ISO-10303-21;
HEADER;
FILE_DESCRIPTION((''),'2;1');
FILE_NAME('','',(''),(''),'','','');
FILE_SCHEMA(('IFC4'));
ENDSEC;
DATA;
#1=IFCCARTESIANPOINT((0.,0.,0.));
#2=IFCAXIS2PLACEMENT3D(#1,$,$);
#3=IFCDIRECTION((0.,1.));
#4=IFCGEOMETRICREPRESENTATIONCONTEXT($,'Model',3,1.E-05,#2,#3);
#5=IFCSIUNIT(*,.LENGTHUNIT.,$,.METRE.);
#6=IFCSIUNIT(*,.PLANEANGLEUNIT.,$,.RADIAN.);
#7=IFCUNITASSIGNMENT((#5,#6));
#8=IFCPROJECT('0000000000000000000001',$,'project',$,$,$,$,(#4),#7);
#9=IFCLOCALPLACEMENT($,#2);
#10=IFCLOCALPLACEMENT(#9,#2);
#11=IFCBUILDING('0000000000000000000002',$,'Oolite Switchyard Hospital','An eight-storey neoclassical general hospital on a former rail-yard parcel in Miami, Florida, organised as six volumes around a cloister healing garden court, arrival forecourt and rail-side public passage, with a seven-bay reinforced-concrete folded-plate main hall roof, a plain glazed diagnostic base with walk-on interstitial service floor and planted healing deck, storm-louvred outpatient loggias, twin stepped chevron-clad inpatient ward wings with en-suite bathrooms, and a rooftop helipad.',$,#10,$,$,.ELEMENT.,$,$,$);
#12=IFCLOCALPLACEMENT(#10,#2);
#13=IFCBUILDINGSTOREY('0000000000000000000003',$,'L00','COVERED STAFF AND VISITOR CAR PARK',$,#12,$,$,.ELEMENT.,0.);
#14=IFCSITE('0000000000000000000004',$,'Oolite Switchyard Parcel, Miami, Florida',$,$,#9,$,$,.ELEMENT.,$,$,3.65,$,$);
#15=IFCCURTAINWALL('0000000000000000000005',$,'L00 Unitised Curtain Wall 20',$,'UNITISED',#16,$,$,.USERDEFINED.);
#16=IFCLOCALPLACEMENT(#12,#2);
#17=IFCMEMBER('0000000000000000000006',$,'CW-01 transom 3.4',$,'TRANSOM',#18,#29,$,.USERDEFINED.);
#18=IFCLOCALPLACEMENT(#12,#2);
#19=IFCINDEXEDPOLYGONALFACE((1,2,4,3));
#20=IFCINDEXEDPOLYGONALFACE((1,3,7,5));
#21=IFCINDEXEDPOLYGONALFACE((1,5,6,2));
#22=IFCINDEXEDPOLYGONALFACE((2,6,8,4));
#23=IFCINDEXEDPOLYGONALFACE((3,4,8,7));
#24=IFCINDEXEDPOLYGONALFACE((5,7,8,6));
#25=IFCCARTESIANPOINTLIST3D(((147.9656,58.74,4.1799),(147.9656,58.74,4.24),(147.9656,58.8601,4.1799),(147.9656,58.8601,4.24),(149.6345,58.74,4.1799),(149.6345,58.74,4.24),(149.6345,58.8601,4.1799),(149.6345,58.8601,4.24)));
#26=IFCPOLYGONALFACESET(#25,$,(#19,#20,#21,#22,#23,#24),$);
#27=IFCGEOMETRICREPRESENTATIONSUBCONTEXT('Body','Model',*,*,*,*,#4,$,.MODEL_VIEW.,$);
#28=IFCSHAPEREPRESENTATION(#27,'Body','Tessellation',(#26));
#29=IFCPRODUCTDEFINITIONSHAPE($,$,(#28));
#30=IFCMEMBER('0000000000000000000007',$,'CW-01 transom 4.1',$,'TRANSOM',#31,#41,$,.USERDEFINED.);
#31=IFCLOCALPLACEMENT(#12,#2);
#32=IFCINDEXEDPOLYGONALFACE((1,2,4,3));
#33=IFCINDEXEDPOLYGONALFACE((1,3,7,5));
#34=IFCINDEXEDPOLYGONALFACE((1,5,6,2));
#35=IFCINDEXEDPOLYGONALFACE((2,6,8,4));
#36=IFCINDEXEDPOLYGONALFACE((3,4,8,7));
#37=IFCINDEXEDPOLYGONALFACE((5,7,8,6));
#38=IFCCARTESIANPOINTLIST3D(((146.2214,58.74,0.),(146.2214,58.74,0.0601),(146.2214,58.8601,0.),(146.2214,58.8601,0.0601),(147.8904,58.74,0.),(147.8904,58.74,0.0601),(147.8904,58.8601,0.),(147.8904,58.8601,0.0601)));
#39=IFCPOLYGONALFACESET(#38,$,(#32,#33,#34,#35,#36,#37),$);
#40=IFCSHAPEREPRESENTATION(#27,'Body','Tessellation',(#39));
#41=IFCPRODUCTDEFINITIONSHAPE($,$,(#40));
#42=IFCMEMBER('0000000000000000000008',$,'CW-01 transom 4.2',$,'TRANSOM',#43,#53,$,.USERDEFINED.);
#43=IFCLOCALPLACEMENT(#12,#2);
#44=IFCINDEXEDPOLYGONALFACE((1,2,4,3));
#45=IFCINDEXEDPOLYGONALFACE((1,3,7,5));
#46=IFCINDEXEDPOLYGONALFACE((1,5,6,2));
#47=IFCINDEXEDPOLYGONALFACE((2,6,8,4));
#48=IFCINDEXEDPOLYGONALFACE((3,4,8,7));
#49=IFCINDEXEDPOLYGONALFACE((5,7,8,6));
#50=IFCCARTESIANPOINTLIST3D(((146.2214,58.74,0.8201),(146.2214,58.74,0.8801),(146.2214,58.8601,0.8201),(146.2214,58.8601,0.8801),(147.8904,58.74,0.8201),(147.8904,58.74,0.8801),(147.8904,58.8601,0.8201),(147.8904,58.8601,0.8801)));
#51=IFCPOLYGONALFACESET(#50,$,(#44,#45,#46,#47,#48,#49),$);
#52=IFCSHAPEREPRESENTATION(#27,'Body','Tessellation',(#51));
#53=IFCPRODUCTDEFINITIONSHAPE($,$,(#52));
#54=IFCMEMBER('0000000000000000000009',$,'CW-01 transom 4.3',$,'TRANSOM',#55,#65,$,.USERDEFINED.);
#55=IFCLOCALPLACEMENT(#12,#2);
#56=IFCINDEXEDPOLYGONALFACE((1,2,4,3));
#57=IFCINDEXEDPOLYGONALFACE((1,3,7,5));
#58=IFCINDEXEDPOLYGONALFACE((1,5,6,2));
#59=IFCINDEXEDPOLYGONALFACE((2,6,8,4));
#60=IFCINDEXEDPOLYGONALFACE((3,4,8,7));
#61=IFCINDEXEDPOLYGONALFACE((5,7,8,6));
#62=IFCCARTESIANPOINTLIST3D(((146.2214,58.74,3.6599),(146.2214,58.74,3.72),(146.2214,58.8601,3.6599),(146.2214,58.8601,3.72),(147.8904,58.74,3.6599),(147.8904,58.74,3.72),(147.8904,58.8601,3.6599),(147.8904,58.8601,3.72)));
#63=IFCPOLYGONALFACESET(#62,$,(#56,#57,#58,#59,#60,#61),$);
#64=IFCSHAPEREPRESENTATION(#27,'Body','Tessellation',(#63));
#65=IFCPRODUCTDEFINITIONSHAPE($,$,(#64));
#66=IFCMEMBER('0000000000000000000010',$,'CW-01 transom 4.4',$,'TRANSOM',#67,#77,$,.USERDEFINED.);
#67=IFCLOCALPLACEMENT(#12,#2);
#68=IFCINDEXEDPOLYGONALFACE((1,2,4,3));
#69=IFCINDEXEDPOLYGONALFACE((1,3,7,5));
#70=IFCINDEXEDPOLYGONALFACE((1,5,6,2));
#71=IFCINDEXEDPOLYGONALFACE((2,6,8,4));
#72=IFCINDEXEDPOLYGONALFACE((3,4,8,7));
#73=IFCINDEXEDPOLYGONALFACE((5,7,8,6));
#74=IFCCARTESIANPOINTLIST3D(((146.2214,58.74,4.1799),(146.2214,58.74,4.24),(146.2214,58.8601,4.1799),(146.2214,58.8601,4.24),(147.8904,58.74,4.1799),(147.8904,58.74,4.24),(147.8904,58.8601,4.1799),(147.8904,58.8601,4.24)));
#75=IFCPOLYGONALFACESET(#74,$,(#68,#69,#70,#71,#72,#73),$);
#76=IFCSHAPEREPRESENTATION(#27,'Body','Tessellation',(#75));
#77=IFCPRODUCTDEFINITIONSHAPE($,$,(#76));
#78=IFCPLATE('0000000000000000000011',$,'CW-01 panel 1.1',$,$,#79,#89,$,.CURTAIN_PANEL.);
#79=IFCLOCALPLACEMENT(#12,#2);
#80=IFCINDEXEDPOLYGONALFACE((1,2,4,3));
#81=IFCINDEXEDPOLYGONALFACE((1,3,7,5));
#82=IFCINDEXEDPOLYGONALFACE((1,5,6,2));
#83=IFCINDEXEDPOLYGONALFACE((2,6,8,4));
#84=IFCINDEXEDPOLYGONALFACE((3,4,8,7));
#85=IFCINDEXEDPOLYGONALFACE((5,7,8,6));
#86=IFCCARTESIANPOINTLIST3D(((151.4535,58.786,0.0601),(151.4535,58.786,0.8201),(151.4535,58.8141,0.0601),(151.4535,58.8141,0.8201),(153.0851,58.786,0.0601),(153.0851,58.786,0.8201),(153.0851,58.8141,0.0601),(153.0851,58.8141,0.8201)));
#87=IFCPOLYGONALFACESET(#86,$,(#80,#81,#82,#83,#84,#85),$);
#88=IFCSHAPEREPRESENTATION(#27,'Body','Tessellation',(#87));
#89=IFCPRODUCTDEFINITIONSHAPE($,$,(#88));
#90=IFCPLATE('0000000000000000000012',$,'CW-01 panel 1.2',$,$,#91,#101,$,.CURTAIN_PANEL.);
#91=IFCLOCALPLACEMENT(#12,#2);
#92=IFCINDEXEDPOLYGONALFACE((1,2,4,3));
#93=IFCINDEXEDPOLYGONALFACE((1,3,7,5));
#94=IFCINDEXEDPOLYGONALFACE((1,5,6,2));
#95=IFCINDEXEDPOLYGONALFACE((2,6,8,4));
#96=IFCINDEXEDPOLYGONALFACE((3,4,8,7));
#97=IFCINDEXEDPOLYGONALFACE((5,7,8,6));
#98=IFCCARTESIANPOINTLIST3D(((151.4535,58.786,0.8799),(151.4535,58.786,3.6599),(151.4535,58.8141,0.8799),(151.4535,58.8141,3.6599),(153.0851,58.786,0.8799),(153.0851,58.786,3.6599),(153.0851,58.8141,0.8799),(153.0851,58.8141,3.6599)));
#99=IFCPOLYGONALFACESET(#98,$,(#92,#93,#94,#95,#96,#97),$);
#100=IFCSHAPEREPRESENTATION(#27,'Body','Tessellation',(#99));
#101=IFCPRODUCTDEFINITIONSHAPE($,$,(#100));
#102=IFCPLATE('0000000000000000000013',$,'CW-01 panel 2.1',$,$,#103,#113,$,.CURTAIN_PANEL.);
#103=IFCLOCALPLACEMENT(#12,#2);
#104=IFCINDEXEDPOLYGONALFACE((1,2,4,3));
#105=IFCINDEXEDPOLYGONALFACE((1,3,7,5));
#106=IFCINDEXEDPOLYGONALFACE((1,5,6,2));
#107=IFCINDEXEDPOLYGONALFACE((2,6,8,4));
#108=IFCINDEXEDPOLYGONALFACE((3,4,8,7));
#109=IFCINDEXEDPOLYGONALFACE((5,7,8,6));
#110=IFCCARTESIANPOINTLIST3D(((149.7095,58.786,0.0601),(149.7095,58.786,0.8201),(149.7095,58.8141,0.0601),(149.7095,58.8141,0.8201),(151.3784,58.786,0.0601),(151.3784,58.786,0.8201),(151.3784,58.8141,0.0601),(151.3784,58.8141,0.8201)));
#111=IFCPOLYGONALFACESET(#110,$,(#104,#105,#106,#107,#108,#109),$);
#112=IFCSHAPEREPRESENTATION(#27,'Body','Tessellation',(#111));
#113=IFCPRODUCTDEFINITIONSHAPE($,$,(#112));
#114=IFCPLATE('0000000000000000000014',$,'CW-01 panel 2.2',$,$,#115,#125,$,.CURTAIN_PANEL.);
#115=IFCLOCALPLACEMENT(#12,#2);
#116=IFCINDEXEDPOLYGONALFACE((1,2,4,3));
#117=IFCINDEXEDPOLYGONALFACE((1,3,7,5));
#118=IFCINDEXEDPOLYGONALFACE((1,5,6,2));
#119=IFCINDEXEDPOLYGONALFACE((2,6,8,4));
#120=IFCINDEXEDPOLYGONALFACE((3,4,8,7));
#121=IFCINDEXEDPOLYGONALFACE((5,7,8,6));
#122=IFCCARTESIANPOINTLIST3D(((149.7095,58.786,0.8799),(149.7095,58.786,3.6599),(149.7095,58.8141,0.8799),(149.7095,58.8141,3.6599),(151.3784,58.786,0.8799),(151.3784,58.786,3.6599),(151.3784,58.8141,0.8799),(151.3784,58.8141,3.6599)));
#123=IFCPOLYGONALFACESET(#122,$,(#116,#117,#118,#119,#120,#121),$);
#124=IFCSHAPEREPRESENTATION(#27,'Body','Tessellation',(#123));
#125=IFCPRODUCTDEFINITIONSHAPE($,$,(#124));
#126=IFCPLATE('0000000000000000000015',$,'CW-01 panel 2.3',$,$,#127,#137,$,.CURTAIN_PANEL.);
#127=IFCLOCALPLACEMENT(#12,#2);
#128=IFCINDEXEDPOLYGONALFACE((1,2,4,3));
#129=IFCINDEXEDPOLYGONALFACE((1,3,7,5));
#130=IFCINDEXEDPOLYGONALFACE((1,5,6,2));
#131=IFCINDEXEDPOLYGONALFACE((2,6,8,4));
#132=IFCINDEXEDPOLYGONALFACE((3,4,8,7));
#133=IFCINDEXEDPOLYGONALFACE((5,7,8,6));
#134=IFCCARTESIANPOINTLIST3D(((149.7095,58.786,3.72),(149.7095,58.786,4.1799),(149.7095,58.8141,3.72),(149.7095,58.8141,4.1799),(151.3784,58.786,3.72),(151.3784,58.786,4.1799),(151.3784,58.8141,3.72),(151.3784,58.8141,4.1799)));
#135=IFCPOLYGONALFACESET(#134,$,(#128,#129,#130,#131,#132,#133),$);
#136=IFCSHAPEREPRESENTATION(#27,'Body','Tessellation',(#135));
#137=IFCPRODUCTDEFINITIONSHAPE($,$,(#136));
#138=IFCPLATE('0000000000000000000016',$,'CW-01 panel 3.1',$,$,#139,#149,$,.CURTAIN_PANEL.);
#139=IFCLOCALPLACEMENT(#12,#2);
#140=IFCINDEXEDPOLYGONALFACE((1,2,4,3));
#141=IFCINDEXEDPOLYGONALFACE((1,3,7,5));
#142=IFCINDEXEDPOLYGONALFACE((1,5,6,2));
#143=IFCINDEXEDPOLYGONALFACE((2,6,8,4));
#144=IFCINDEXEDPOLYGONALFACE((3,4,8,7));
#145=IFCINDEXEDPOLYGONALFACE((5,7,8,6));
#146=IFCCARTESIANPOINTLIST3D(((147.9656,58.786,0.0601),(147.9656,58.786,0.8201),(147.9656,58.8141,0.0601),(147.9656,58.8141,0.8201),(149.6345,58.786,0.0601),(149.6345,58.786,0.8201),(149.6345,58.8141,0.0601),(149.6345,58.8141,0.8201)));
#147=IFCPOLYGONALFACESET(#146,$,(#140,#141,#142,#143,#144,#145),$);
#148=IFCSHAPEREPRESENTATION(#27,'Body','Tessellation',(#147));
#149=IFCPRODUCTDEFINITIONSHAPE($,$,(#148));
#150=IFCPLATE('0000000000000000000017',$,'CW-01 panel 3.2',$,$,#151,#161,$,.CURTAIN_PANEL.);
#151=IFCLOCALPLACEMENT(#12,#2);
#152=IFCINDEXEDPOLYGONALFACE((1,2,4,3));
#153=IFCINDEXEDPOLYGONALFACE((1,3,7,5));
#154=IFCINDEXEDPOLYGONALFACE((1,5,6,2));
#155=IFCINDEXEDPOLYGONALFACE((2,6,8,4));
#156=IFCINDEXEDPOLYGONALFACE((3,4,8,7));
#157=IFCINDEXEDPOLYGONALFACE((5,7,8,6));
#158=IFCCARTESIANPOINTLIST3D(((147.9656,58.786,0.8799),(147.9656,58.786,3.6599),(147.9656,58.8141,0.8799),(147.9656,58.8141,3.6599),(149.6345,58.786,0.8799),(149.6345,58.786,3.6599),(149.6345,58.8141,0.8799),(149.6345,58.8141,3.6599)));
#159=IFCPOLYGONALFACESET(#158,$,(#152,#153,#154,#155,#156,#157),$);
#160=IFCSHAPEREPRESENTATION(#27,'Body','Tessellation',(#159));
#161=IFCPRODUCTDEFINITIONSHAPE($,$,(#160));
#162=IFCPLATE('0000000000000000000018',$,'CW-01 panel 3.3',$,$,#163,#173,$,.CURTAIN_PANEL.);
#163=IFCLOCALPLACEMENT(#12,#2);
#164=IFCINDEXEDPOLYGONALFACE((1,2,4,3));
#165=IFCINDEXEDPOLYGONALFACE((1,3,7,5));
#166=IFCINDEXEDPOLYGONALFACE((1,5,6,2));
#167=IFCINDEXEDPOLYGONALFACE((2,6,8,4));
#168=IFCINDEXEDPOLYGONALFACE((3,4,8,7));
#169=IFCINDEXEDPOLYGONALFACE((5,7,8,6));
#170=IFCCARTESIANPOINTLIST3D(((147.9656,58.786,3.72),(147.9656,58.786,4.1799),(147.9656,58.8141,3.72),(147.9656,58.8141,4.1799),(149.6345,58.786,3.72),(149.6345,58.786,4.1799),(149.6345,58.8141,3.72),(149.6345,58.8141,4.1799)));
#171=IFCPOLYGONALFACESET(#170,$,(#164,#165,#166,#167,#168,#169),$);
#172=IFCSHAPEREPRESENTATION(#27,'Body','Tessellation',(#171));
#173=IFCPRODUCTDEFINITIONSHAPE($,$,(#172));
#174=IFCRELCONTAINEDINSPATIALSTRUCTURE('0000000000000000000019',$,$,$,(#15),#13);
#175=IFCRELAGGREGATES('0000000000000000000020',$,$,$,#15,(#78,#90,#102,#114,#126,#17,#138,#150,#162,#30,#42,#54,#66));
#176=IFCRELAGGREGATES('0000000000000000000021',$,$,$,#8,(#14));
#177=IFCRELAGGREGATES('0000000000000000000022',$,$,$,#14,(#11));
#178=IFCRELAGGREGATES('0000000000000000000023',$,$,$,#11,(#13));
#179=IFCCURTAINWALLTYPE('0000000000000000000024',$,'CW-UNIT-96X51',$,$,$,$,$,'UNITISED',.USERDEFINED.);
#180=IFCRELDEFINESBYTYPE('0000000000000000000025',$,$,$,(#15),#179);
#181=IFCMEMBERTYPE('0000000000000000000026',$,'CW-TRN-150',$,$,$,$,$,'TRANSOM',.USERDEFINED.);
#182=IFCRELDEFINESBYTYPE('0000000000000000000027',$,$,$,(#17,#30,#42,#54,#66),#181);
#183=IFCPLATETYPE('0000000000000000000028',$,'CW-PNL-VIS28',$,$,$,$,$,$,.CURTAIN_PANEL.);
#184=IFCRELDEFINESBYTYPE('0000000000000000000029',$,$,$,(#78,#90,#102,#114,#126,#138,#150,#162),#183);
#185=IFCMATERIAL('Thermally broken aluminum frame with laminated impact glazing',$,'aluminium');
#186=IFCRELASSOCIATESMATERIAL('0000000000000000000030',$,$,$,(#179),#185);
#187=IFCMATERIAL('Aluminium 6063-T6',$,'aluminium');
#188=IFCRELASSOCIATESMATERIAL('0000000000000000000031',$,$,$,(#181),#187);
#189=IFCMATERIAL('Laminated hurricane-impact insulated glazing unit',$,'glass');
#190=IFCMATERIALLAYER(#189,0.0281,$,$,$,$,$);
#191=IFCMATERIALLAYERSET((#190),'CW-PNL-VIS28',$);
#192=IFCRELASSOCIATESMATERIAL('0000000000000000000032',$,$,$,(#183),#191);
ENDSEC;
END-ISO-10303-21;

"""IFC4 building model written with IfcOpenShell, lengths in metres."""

from ifc_helpers import new_model, si_unit, direction, frame, origin, origin_2d, place, context, subcontext, project, spatial, rectangle, extrude, material, layer, layer_set, material_profile, profile_set, type_object, element, aggregate, save


model = new_model("IFC4")

# Units and contexts
model_context = context("Model", 3, precision=1e-05, world=origin(), true_north=direction((0.0, 1.0)))
body_context = subcontext(model_context, "Body", "Model", "MODEL_VIEW")
ifc_project = project(units=[si_unit("LENGTHUNIT", "METRE"), si_unit("PLANEANGLEUNIT", "RADIAN")], contexts=[model_context])

# Site, building, storey
site_placement = place(None, origin())
site = spatial("IfcSite", under=ifc_project, at=site_placement, Name="Oolite Switchyard Parcel, Miami, Florida", CompositionType="ELEMENT", RefElevation=3.65)
building_placement = place(site_placement, origin())
building = spatial("IfcBuilding", under=site, at=building_placement, Name="Oolite Switchyard Hospital", Description="An eight-storey neoclassical general hospital on a former rail-yard parcel in Miami, Florida, organised as six volumes around a cloister healing garden court, arrival forecourt and rail-side public passage, with a seven-bay reinforced-concrete folded-plate main hall roof, a plain glazed diagnostic base with walk-on interstitial service floor and planted healing deck, storm-louvred outpatient loggias, twin stepped chevron-clad inpatient ward wings with en-suite bathrooms, and a rooftop helipad.", CompositionType="ELEMENT")
storey_placement = place(building_placement, origin())
storey = spatial("IfcBuildingStorey", under=building, at=storey_placement, Name="L00", Description="COVERED STAFF AND VISITOR CAR PARK", CompositionType="ELEMENT", Elevation=0.0)

# Curtain wall, members, plates
ifc_material_1 = material(Name="Thermally broken aluminum frame with laminated impact glazing", Category="aluminium")
curtain_wall_type = type_object("IfcCurtainWallType", Name="CW-UNIT-96X51", ElementType="UNITISED", PredefinedType="USERDEFINED", material=ifc_material_1)
curtain_wall_placement = place(storey_placement, origin())
curtain_wall = element("IfcCurtainWall", 1, at=curtain_wall_placement, inside=storey, type_object=curtain_wall_type, Name="L00 Unitised Curtain Wall 20", ObjectType="UNITISED", PredefinedType="USERDEFINED")
ifc_material_2 = material(Name="Aluminium 6063-T6", Category="aluminium")
ifc_material_profile_1 = material_profile(ifc_material_2, rectangle(XDim=0.1201, YDim=0.0601, at=origin_2d()), Name="CWT60X120")
ifc_profile_set_1 = profile_set([ifc_material_profile_1], Name="Aluminium 6063-T6")
member_type_1 = type_object("IfcMemberType", Name="CW-TRN-150", ElementType="TRANSOM", PredefinedType="USERDEFINED", material=ifc_profile_set_1)
member_1_placement = place(storey_placement, frame((149.6345, 58.8, 4.21), z_axis=(-1.0, 0.0, 0.0), x_axis=(0.0, -1.0, 0.0)))
member_1 = element("IfcMember", 2, at=member_1_placement, type_object=member_type_1, Name="CW-01 transom 3.4", ObjectType="TRANSOM", PredefinedType="USERDEFINED", context=body_context, shape_type="SweptSolid", body=[
    extrude(rectangle(XDim=0.1201, YDim=0.0601, at=origin_2d()), origin(), (0.0, 0.0, 1.0), 1.6689),
])
member_2_placement = place(storey_placement, frame((147.8904, 58.8, 0.03), z_axis=(-1.0, 0.0, 0.0), x_axis=(0.0, -1.0, 0.0)))
member_2 = element("IfcMember", 3, at=member_2_placement, type_object=member_type_1, Name="CW-01 transom 4.1", ObjectType="TRANSOM", PredefinedType="USERDEFINED", context=body_context, shape_type="SweptSolid", body=[
    extrude(rectangle(XDim=0.1201, YDim=0.0601, at=origin_2d()), origin(), (0.0, 0.0, 1.0), 1.6689),
])
member_3_placement = place(storey_placement, frame((147.8904, 58.8, 0.8501), z_axis=(-1.0, 0.0, 0.0), x_axis=(0.0, -1.0, 0.0)))
member_3 = element("IfcMember", 4, at=member_3_placement, type_object=member_type_1, Name="CW-01 transom 4.2", ObjectType="TRANSOM", PredefinedType="USERDEFINED", context=body_context, shape_type="SweptSolid", body=[
    extrude(rectangle(XDim=0.1201, YDim=0.0601, at=origin_2d()), origin(), (0.0, 0.0, 1.0), 1.6689),
])
member_4_placement = place(storey_placement, frame((147.8904, 58.8, 3.6899), z_axis=(-1.0, 0.0, 0.0), x_axis=(0.0, -1.0, 0.0)))
member_4 = element("IfcMember", 5, at=member_4_placement, type_object=member_type_1, Name="CW-01 transom 4.3", ObjectType="TRANSOM", PredefinedType="USERDEFINED", context=body_context, shape_type="SweptSolid", body=[
    extrude(rectangle(XDim=0.1201, YDim=0.0601, at=origin_2d()), origin(), (0.0, 0.0, 1.0), 1.6689),
])
member_5_placement = place(storey_placement, frame((147.8904, 58.8, 4.21), z_axis=(-1.0, 0.0, 0.0), x_axis=(0.0, -1.0, 0.0)))
member_5 = element("IfcMember", 6, at=member_5_placement, type_object=member_type_1, Name="CW-01 transom 4.4", ObjectType="TRANSOM", PredefinedType="USERDEFINED", context=body_context, shape_type="SweptSolid", body=[
    extrude(rectangle(XDim=0.1201, YDim=0.0601, at=origin_2d()), origin(), (0.0, 0.0, 1.0), 1.6689),
])
ifc_material_3 = material(Name="Laminated hurricane-impact insulated glazing unit", Category="glass")
ifc_layer = layer(ifc_material_3, 0.0281)
ifc_layer_set = layer_set([ifc_layer], Name="CW-PNL-VIS28")
plate_type = type_object("IfcPlateType", Name="CW-PNL-VIS28", PredefinedType="CURTAIN_PANEL", material=ifc_layer_set)
plate_1_placement = place(storey_placement, frame((152.2693, 58.8, 0.0601), z_axis=(0.0, 0.0, 1.0), x_axis=(-1.0, 0.0, 0.0)))
plate_1 = element("IfcPlate", 7, at=plate_1_placement, type_object=plate_type, Name="CW-01 panel 1.1", PredefinedType="CURTAIN_PANEL", context=body_context, shape_type="SweptSolid", body=[
    extrude(rectangle(XDim=1.6316, YDim=0.0281, at=origin_2d()), origin(), (0.0, 0.0, 1.0), 0.76),
])
plate_2_placement = place(storey_placement, frame((152.2693, 58.8, 0.8799), z_axis=(0.0, 0.0, 1.0), x_axis=(-1.0, 0.0, 0.0)))
plate_2 = element("IfcPlate", 8, at=plate_2_placement, type_object=plate_type, Name="CW-01 panel 1.2", PredefinedType="CURTAIN_PANEL", context=body_context, shape_type="SweptSolid", body=[
    extrude(rectangle(XDim=1.6316, YDim=0.0281, at=origin_2d()), origin(), (0.0, 0.0, 1.0), 2.78),
])
plate_3_placement = place(storey_placement, frame((150.5439, 58.8, 0.0601), z_axis=(0.0, 0.0, 1.0), x_axis=(-1.0, 0.0, 0.0)))
plate_3 = element("IfcPlate", 9, at=plate_3_placement, type_object=plate_type, Name="CW-01 panel 2.1", PredefinedType="CURTAIN_PANEL", context=body_context, shape_type="SweptSolid", body=[
    extrude(rectangle(XDim=1.6689, YDim=0.0281, at=origin_2d()), origin(), (0.0, 0.0, 1.0), 0.76),
])
plate_4_placement = place(storey_placement, frame((150.5439, 58.8, 0.8799), z_axis=(0.0, 0.0, 1.0), x_axis=(-1.0, 0.0, 0.0)))
plate_4 = element("IfcPlate", 10, at=plate_4_placement, type_object=plate_type, Name="CW-01 panel 2.2", PredefinedType="CURTAIN_PANEL", context=body_context, shape_type="SweptSolid", body=[
    extrude(rectangle(XDim=1.6689, YDim=0.0281, at=origin_2d()), origin(), (0.0, 0.0, 1.0), 2.78),
])
plate_5_placement = place(storey_placement, frame((150.5439, 58.8, 3.72), z_axis=(0.0, 0.0, 1.0), x_axis=(-1.0, 0.0, 0.0)))
plate_5 = element("IfcPlate", 11, at=plate_5_placement, type_object=plate_type, Name="CW-01 panel 2.3", PredefinedType="CURTAIN_PANEL", context=body_context, shape_type="SweptSolid", body=[
    extrude(rectangle(XDim=1.6689, YDim=0.0281, at=origin_2d()), origin(), (0.0, 0.0, 1.0), 0.46),
])
plate_6_placement = place(storey_placement, frame((148.8, 58.8, 0.0601), z_axis=(0.0, 0.0, 1.0), x_axis=(-1.0, 0.0, 0.0)))
plate_6 = element("IfcPlate", 12, at=plate_6_placement, type_object=plate_type, Name="CW-01 panel 3.1", PredefinedType="CURTAIN_PANEL", context=body_context, shape_type="SweptSolid", body=[
    extrude(rectangle(XDim=1.6689, YDim=0.0281, at=origin_2d()), origin(), (0.0, 0.0, 1.0), 0.76),
])
plate_7_placement = place(storey_placement, frame((148.8, 58.8, 0.8799), z_axis=(0.0, 0.0, 1.0), x_axis=(-1.0, 0.0, 0.0)))
plate_7 = element("IfcPlate", 13, at=plate_7_placement, type_object=plate_type, Name="CW-01 panel 3.2", PredefinedType="CURTAIN_PANEL", context=body_context, shape_type="SweptSolid", body=[
    extrude(rectangle(XDim=1.6689, YDim=0.0281, at=origin_2d()), origin(), (0.0, 0.0, 1.0), 2.78),
])
plate_8_placement = place(storey_placement, frame((148.8, 58.8, 3.72), z_axis=(0.0, 0.0, 1.0), x_axis=(-1.0, 0.0, 0.0)))
plate_8 = element("IfcPlate", 14, at=plate_8_placement, type_object=plate_type, Name="CW-01 panel 3.3", PredefinedType="CURTAIN_PANEL", context=body_context, shape_type="SweptSolid", body=[
    extrude(rectangle(XDim=1.6689, YDim=0.0281, at=origin_2d()), origin(), (0.0, 0.0, 1.0), 0.46),
])
aggregate(curtain_wall, [plate_1, plate_2, plate_3, plate_4, plate_5, member_1, plate_6, plate_7, plate_8, member_2, member_3, member_4, member_5])

save(model, "model.ifc")
